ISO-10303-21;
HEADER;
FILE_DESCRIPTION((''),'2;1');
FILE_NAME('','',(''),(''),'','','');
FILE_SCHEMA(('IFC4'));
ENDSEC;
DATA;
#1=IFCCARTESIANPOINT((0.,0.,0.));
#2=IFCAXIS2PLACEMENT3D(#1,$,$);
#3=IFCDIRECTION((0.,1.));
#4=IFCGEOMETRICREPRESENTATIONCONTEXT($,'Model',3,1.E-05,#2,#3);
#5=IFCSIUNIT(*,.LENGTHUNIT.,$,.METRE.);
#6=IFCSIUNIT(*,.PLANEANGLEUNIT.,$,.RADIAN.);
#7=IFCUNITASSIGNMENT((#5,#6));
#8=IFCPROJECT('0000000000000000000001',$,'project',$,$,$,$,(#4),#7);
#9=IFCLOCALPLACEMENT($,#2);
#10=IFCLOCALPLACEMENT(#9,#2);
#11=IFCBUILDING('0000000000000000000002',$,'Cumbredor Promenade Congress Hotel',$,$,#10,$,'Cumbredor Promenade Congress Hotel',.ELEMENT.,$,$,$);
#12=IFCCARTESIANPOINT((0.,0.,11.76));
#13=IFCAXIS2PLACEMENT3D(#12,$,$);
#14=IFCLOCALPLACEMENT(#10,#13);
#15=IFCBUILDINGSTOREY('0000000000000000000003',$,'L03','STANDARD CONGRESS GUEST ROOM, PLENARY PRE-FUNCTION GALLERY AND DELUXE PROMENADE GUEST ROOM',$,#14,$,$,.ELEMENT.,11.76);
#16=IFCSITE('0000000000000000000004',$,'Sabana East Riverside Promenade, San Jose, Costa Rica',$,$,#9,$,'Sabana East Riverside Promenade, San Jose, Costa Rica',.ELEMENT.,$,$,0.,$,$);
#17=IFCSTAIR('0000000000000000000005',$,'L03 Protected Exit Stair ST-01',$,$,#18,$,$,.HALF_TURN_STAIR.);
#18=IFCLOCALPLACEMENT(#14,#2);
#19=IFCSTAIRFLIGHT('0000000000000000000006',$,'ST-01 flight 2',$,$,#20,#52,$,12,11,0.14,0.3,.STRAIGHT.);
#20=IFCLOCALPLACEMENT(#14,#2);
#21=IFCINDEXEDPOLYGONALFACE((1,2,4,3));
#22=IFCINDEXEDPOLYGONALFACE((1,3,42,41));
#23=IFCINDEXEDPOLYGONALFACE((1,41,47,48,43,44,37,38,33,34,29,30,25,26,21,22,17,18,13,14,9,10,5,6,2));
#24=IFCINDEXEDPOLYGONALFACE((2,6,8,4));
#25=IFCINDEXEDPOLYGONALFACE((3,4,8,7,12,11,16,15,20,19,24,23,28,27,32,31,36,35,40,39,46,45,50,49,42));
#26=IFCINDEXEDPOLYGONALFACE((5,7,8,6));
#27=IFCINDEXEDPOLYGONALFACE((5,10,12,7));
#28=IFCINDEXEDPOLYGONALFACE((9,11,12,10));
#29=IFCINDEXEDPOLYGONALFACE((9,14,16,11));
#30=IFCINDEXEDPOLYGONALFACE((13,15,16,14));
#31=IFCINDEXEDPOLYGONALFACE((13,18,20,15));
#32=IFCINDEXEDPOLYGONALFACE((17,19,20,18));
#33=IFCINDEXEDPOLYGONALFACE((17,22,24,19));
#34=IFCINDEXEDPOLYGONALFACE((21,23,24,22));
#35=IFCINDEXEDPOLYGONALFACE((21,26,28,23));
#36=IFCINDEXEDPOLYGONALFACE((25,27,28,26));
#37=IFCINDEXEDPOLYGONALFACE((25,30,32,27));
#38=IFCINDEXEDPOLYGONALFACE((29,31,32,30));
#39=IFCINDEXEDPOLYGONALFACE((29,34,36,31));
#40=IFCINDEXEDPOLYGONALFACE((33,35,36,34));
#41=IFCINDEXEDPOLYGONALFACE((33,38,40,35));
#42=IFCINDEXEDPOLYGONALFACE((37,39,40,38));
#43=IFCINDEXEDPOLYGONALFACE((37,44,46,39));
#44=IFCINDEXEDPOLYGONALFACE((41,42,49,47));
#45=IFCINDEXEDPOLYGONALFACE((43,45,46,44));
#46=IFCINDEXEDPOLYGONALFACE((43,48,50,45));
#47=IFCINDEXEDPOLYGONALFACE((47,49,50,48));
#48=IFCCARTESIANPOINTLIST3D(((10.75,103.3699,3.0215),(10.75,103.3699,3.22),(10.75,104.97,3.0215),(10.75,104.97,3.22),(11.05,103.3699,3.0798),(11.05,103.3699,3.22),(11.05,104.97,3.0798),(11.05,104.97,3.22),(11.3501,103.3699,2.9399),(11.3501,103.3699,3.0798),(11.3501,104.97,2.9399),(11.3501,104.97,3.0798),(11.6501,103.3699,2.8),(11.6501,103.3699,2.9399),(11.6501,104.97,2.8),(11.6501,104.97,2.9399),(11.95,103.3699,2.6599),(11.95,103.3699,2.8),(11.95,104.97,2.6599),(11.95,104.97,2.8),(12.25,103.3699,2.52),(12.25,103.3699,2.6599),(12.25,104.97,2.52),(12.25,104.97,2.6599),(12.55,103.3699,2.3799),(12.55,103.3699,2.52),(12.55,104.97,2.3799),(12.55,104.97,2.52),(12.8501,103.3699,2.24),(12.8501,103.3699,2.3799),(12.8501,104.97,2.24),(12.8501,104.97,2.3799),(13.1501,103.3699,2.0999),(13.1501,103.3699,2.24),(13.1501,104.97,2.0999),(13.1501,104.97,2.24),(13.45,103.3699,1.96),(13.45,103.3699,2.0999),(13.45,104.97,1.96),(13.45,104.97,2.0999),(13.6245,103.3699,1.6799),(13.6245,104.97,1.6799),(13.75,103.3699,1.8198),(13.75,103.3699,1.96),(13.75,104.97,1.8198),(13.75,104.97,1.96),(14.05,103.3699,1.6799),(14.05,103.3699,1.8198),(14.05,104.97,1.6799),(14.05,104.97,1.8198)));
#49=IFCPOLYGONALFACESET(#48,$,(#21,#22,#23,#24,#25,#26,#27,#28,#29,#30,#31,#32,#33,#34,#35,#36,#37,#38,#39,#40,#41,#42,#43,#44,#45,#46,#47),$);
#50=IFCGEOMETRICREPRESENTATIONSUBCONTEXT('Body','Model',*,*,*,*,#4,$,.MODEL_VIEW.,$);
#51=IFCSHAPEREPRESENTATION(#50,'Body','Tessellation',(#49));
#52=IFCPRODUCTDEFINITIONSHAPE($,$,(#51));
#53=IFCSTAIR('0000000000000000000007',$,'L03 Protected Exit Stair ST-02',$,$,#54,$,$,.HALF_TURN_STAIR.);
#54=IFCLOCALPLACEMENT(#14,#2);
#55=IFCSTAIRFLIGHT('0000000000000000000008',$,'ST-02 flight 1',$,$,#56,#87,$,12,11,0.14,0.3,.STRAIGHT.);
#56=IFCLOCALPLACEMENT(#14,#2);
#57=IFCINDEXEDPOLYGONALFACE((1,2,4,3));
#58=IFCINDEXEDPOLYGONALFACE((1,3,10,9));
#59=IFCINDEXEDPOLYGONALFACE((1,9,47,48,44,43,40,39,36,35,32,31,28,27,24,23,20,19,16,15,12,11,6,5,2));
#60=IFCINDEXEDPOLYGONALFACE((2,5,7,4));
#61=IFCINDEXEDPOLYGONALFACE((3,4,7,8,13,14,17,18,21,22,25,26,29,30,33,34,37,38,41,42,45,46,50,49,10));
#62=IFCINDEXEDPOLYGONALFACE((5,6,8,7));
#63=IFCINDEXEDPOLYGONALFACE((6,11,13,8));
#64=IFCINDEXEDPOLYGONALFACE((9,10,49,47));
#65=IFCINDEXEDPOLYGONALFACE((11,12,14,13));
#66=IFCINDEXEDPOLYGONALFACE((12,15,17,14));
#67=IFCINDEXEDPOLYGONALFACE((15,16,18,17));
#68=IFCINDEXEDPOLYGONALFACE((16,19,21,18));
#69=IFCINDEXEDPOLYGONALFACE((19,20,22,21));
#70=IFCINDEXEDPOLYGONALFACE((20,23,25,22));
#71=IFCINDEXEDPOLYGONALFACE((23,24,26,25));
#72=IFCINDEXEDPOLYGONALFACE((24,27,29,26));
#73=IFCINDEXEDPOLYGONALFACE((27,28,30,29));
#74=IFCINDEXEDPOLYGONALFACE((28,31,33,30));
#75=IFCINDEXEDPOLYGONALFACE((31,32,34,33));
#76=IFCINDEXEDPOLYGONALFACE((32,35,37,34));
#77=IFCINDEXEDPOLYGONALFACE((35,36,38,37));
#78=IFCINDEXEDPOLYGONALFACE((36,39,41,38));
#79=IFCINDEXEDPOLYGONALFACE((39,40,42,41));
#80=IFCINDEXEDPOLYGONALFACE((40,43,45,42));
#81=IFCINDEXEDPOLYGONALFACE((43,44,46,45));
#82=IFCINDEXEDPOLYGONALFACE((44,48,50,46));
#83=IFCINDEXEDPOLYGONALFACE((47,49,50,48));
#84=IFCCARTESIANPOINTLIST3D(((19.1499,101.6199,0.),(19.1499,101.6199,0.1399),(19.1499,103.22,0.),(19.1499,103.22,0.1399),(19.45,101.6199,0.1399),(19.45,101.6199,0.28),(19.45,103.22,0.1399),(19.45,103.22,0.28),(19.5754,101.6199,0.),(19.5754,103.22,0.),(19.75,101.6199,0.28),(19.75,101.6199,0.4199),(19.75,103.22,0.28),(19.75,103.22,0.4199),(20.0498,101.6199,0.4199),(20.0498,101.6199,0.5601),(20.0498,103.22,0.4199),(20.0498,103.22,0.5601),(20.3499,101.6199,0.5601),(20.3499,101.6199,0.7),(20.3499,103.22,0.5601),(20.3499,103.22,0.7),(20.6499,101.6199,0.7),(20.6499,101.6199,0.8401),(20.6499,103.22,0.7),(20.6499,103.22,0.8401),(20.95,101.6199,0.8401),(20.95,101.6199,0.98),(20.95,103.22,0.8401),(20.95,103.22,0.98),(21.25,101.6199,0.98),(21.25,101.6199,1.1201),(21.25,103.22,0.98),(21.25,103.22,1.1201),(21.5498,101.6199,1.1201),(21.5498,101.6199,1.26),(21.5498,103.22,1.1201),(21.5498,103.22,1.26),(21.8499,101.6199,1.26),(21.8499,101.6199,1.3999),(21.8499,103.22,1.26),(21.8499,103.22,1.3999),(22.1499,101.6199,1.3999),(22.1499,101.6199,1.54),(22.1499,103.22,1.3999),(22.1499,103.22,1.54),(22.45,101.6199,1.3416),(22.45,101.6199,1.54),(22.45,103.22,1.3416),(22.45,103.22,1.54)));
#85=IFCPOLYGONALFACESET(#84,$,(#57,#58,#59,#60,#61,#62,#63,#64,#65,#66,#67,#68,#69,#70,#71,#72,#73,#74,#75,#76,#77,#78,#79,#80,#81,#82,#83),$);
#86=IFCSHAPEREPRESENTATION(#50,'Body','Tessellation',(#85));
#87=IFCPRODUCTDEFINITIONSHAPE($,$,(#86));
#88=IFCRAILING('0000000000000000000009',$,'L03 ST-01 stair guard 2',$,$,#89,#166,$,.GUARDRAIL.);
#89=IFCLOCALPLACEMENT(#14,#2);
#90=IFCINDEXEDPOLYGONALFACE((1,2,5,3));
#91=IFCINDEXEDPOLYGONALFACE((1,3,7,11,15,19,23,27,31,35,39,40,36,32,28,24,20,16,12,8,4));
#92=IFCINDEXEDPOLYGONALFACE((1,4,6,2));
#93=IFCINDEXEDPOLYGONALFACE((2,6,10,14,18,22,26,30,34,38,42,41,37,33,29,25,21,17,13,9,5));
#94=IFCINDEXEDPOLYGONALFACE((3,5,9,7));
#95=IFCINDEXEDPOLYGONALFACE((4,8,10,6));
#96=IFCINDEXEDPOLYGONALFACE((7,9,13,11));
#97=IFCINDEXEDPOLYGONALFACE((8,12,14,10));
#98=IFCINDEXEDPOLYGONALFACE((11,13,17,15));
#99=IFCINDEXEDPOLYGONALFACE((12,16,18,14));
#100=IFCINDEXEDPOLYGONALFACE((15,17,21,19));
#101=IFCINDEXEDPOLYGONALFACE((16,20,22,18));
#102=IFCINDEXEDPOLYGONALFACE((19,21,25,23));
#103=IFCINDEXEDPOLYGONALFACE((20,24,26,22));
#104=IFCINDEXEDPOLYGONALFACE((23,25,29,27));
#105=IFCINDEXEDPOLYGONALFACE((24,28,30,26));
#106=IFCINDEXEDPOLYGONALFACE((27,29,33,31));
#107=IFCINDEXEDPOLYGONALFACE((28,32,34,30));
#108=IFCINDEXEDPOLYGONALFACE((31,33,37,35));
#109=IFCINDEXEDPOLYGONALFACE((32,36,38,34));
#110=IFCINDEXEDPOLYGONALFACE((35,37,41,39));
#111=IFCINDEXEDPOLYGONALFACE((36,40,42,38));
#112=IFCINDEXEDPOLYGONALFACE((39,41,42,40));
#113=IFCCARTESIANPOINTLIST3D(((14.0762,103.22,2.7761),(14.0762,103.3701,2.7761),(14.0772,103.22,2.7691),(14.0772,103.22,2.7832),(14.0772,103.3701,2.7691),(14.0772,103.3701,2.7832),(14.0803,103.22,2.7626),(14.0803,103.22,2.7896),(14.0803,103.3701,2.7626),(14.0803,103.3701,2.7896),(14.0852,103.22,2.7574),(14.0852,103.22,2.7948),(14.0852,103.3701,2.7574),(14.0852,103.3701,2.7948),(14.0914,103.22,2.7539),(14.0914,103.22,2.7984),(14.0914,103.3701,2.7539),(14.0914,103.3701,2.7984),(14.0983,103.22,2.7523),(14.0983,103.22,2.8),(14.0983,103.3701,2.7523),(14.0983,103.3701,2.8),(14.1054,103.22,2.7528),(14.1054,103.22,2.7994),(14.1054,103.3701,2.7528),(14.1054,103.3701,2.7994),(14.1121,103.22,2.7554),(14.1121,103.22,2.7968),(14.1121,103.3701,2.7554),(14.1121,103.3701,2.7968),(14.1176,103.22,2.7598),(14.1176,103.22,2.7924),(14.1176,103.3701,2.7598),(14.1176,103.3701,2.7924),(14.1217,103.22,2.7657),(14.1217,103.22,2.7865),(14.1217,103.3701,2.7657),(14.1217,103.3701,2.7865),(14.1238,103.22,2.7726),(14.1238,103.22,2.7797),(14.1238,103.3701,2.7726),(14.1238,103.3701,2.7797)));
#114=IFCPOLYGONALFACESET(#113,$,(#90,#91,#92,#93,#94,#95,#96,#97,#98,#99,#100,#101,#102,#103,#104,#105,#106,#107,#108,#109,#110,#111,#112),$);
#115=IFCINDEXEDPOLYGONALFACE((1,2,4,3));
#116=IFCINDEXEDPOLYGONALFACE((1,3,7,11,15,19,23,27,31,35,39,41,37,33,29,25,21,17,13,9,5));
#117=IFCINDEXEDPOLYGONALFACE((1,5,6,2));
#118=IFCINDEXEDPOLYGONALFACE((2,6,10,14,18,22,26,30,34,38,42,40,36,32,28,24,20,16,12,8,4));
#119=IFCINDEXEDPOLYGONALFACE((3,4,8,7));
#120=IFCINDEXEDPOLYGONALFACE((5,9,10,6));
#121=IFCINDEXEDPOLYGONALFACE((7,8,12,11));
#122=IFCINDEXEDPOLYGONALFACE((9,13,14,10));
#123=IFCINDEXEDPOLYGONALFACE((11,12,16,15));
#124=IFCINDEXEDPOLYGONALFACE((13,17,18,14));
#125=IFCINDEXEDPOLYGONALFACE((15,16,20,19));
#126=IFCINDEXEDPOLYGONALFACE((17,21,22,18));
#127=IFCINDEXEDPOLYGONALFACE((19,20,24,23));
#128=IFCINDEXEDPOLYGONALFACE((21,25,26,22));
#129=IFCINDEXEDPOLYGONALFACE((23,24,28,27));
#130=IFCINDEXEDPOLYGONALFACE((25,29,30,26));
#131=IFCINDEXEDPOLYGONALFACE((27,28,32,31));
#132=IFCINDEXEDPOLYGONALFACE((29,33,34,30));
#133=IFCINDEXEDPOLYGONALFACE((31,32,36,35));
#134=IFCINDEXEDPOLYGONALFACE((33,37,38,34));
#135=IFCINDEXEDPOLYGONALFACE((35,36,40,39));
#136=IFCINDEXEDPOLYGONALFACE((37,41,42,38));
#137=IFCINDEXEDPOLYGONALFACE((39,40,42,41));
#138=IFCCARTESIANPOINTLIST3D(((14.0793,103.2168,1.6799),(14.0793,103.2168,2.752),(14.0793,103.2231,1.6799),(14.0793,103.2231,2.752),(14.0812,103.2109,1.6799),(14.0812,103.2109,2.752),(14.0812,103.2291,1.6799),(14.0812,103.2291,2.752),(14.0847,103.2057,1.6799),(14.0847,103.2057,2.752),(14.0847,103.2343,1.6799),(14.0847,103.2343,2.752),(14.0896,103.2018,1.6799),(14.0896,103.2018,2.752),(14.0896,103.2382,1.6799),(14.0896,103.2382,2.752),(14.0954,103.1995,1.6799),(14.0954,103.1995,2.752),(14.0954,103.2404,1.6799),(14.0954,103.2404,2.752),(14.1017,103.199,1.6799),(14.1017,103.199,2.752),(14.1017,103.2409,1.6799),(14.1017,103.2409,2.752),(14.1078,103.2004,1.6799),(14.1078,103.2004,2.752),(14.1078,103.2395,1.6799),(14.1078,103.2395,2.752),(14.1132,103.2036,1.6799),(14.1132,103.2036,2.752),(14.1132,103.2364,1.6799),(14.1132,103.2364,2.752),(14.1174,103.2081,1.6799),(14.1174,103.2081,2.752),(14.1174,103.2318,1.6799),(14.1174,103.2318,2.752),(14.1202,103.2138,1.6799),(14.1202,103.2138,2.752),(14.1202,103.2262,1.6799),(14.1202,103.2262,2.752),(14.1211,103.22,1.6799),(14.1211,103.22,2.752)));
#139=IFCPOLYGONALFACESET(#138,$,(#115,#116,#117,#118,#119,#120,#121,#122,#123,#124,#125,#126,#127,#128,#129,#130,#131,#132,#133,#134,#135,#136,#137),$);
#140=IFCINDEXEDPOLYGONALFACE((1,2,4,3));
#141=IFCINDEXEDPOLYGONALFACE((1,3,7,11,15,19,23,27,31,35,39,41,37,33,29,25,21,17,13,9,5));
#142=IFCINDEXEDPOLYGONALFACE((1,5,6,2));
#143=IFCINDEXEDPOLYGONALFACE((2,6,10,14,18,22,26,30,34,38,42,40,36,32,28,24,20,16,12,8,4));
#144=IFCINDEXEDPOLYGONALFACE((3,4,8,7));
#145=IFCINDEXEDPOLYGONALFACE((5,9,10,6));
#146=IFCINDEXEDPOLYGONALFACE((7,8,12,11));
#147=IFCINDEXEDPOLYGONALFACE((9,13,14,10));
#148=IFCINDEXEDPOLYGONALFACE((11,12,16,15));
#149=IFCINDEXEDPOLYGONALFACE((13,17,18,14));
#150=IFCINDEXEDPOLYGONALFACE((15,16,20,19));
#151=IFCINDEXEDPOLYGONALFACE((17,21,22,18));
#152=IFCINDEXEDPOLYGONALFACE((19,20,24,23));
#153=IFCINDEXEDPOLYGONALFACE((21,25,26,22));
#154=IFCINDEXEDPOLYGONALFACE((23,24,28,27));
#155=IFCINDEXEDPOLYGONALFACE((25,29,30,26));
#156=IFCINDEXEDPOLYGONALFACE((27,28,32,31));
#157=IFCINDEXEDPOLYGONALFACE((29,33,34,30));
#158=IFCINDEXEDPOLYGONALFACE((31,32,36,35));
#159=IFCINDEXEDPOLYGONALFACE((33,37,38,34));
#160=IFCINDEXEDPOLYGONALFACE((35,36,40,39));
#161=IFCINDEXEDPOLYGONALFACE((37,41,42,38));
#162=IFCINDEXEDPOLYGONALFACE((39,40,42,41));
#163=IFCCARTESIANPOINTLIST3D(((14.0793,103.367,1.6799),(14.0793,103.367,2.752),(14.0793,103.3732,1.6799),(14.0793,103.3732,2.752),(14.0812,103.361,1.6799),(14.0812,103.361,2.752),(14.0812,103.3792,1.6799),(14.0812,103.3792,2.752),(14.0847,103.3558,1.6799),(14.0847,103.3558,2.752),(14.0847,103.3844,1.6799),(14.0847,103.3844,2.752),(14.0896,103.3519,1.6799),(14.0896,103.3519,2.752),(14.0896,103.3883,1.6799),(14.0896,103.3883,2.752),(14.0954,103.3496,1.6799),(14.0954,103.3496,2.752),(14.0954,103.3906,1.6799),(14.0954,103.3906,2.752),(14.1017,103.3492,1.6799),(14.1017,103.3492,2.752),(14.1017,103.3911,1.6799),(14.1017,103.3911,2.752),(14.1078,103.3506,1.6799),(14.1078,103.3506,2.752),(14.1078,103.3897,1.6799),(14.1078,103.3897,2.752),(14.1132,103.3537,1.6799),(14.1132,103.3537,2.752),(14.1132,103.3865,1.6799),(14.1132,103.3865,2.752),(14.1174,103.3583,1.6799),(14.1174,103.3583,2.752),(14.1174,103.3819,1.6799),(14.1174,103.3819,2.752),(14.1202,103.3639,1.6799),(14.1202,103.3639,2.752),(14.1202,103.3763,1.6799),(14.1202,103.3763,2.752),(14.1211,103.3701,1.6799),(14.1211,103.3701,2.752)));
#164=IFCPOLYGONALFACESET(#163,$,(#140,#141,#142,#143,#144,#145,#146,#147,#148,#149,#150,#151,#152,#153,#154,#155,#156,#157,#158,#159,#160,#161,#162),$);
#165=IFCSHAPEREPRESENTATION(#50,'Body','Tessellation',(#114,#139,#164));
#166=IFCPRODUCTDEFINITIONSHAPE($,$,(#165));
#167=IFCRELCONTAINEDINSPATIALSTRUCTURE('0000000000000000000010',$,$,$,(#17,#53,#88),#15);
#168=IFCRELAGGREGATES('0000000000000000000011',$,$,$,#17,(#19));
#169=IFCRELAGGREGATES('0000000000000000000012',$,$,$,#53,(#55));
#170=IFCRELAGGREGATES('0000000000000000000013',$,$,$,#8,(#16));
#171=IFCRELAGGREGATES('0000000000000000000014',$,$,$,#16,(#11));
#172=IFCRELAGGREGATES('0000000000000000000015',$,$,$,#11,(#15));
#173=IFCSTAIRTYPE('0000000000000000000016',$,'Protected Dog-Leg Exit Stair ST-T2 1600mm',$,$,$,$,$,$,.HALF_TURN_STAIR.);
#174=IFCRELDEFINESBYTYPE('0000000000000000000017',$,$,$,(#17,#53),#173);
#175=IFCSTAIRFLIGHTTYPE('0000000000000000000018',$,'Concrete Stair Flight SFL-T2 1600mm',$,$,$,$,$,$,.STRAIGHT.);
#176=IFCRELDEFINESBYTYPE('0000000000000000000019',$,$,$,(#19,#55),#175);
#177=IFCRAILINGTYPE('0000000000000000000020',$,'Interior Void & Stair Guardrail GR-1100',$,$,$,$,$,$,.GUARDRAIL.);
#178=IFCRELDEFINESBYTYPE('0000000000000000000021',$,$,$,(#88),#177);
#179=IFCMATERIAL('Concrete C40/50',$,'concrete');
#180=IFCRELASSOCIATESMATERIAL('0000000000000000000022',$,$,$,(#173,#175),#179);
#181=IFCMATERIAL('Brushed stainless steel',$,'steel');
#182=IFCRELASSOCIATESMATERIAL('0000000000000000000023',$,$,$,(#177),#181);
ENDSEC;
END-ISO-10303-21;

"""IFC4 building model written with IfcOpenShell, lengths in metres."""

from ifc_helpers import new_model, si_unit, direction, frame, origin, origin_2d, place, context, subcontext, project, spatial, polyline, circle, outline, extrude, material, type_object, element, aggregate, save


model = new_model("IFC4")

# Units and contexts
model_context = context("Model", 3, precision=1e-05, world=origin(), true_north=direction((0.0, 1.0)))
body_context = subcontext(model_context, "Body", "Model", "MODEL_VIEW")
ifc_project = project(units=[si_unit("LENGTHUNIT", "METRE"), si_unit("PLANEANGLEUNIT", "RADIAN")], contexts=[model_context])

# Site, building, storey
site_placement = place(None, origin())
site = spatial("IfcSite", under=ifc_project, at=site_placement, Name="Sabana East Riverside Promenade, San Jose, Costa Rica", LongName="Sabana East Riverside Promenade, San Jose, Costa Rica", CompositionType="ELEMENT", RefElevation=0.0)
building_placement = place(site_placement, origin())
building = spatial("IfcBuilding", under=site, at=building_placement, Name="Cumbredor Promenade Congress Hotel", LongName="Cumbredor Promenade Congress Hotel", CompositionType="ELEMENT")
storey_placement = place(building_placement, frame((0.0, 0.0, 11.76)))
storey = spatial("IfcBuildingStorey", under=building, at=storey_placement, Name="L03", Description="STANDARD CONGRESS GUEST ROOM, PLENARY PRE-FUNCTION GALLERY AND DELUXE PROMENADE GUEST ROOM", CompositionType="ELEMENT", Elevation=11.76)

# Shared definitions
ifc_material_1 = material(Name="Concrete C40/50", Category="concrete")

# Stairs, stair flights
stair_type = type_object("IfcStairType", Name="Protected Dog-Leg Exit Stair ST-T2 1600mm", PredefinedType="HALF_TURN_STAIR", material=ifc_material_1)
stair_1_placement = place(storey_placement, origin())
stair_1 = element("IfcStair", 1, at=stair_1_placement, inside=storey, type_object=stair_type, Name="L03 Protected Exit Stair ST-01", PredefinedType="HALF_TURN_STAIR")
stair_flight_type = type_object("IfcStairFlightType", Name="Concrete Stair Flight SFL-T2 1600mm", PredefinedType="STRAIGHT", material=ifc_material_1)
stair_flight_1_placement = place(storey_placement, frame((14.05, 104.1699, 1.6799), z_axis=(0.0, 0.0, 1.0), x_axis=(-1.0, 0.0, 0.0)))
stair_flight_1 = element("IfcStairFlight", 2, at=stair_flight_1_placement, type_object=stair_flight_type, Name="ST-01 flight 2", NumberOfRisers=12, NumberOfTreads=11, PredefinedType="STRAIGHT", RiserHeight=0.14, TreadLength=0.3, context=body_context, shape_type="SweptSolid", body=[
    extrude(outline(polyline([(0.0, 0.0), (0.0, 0.1399), (0.3, 0.1399), (0.3, 0.28), (0.6001, 0.28), (0.6001, 0.4199), (0.8999, 0.4199), (0.8999, 0.5601), (1.2, 0.5601), (1.2, 0.7), (1.5, 0.7), (1.5, 0.8401), (1.8, 0.8401), (1.8, 0.98), (2.1001, 0.98), (2.1001, 1.1201), (2.3999, 1.1201), (2.3999, 1.26), (2.7, 1.26), (2.7, 1.3999), (3.0, 1.3999), (3.0, 1.54), (3.3, 1.54), (3.3, 1.6799), (3.3, 1.3416), (0.4255, 0.0), (0.0, 0.0)])), frame((0.0, 0.8, 0.0), z_axis=(0.0, -1.0, 0.0), x_axis=(1.0, 0.0, 0.0)), (0.0, 0.0, 1.0), 1.6001),
])
aggregate(stair_1, [stair_flight_1])
stair_2_placement = place(storey_placement, origin())
stair_2 = element("IfcStair", 3, at=stair_2_placement, inside=storey, type_object=stair_type, Name="L03 Protected Exit Stair ST-02", PredefinedType="HALF_TURN_STAIR")
stair_flight_2_placement = place(storey_placement, frame((19.1499, 102.4199, 0.0), z_axis=(0.0, 0.0, 1.0), x_axis=(1.0, 0.0, 0.0)))
stair_flight_2 = element("IfcStairFlight", 4, at=stair_flight_2_placement, type_object=stair_flight_type, Name="ST-02 flight 1", NumberOfRisers=12, NumberOfTreads=11, PredefinedType="STRAIGHT", RiserHeight=0.14, TreadLength=0.3, context=body_context, shape_type="SweptSolid", body=[
    extrude(outline(polyline([(0.0, 0.0), (0.0, 0.1399), (0.3, 0.1399), (0.3, 0.28), (0.6001, 0.28), (0.6001, 0.4199), (0.8999, 0.4199), (0.8999, 0.5601), (1.2, 0.5601), (1.2, 0.7), (1.5, 0.7), (1.5, 0.8401), (1.8, 0.8401), (1.8, 0.98), (2.1001, 0.98), (2.1001, 1.1201), (2.3999, 1.1201), (2.3999, 1.26), (2.7, 1.26), (2.7, 1.3999), (3.0, 1.3999), (3.0, 1.54), (3.3, 1.54), (3.3, 1.6799), (3.3, 1.3416), (0.4255, 0.0), (0.0, 0.0)])), frame((0.0, 0.8, 0.0), z_axis=(0.0, -1.0, 0.0), x_axis=(1.0, 0.0, 0.0)), (0.0, 0.0, 1.0), 1.6001),
])
aggregate(stair_2, [stair_flight_2])

# Railing
ifc_material_2 = material(Name="Brushed stainless steel", Category="steel")
railing_type_1 = type_object("IfcRailingType", Name="Interior Void & Stair Guardrail GR-1100", PredefinedType="GUARDRAIL", material=ifc_material_2)
railing_1_placement = place(storey_placement, frame((14.1001, 103.22, 1.6799)))
element("IfcRailing", 5, at=railing_1_placement, inside=storey, type_object=railing_type_1, Name="L03 ST-01 stair guard 2", PredefinedType="GUARDRAIL", context=body_context, shape_type="SweptSolid", body=[
    extrude(circle(Radius=0.0239, at=origin_2d()), frame((0.0, 0.0, 1.0962), z_axis=(0.0, 1.0, 0.0), x_axis=(-1.0, 0.0, 0.0)), (0.0, 0.0, 1.0), 0.1501),
    extrude(circle(Radius=0.021, at=origin_2d()), origin(), (0.0, 0.0, 1.0), 1.072),
    extrude(circle(Radius=0.021, at=origin_2d()), frame((0.0, 0.1501, 0.0)), (0.0, 0.0, 1.0), 1.072),
])

save(model, "model.ifc")
